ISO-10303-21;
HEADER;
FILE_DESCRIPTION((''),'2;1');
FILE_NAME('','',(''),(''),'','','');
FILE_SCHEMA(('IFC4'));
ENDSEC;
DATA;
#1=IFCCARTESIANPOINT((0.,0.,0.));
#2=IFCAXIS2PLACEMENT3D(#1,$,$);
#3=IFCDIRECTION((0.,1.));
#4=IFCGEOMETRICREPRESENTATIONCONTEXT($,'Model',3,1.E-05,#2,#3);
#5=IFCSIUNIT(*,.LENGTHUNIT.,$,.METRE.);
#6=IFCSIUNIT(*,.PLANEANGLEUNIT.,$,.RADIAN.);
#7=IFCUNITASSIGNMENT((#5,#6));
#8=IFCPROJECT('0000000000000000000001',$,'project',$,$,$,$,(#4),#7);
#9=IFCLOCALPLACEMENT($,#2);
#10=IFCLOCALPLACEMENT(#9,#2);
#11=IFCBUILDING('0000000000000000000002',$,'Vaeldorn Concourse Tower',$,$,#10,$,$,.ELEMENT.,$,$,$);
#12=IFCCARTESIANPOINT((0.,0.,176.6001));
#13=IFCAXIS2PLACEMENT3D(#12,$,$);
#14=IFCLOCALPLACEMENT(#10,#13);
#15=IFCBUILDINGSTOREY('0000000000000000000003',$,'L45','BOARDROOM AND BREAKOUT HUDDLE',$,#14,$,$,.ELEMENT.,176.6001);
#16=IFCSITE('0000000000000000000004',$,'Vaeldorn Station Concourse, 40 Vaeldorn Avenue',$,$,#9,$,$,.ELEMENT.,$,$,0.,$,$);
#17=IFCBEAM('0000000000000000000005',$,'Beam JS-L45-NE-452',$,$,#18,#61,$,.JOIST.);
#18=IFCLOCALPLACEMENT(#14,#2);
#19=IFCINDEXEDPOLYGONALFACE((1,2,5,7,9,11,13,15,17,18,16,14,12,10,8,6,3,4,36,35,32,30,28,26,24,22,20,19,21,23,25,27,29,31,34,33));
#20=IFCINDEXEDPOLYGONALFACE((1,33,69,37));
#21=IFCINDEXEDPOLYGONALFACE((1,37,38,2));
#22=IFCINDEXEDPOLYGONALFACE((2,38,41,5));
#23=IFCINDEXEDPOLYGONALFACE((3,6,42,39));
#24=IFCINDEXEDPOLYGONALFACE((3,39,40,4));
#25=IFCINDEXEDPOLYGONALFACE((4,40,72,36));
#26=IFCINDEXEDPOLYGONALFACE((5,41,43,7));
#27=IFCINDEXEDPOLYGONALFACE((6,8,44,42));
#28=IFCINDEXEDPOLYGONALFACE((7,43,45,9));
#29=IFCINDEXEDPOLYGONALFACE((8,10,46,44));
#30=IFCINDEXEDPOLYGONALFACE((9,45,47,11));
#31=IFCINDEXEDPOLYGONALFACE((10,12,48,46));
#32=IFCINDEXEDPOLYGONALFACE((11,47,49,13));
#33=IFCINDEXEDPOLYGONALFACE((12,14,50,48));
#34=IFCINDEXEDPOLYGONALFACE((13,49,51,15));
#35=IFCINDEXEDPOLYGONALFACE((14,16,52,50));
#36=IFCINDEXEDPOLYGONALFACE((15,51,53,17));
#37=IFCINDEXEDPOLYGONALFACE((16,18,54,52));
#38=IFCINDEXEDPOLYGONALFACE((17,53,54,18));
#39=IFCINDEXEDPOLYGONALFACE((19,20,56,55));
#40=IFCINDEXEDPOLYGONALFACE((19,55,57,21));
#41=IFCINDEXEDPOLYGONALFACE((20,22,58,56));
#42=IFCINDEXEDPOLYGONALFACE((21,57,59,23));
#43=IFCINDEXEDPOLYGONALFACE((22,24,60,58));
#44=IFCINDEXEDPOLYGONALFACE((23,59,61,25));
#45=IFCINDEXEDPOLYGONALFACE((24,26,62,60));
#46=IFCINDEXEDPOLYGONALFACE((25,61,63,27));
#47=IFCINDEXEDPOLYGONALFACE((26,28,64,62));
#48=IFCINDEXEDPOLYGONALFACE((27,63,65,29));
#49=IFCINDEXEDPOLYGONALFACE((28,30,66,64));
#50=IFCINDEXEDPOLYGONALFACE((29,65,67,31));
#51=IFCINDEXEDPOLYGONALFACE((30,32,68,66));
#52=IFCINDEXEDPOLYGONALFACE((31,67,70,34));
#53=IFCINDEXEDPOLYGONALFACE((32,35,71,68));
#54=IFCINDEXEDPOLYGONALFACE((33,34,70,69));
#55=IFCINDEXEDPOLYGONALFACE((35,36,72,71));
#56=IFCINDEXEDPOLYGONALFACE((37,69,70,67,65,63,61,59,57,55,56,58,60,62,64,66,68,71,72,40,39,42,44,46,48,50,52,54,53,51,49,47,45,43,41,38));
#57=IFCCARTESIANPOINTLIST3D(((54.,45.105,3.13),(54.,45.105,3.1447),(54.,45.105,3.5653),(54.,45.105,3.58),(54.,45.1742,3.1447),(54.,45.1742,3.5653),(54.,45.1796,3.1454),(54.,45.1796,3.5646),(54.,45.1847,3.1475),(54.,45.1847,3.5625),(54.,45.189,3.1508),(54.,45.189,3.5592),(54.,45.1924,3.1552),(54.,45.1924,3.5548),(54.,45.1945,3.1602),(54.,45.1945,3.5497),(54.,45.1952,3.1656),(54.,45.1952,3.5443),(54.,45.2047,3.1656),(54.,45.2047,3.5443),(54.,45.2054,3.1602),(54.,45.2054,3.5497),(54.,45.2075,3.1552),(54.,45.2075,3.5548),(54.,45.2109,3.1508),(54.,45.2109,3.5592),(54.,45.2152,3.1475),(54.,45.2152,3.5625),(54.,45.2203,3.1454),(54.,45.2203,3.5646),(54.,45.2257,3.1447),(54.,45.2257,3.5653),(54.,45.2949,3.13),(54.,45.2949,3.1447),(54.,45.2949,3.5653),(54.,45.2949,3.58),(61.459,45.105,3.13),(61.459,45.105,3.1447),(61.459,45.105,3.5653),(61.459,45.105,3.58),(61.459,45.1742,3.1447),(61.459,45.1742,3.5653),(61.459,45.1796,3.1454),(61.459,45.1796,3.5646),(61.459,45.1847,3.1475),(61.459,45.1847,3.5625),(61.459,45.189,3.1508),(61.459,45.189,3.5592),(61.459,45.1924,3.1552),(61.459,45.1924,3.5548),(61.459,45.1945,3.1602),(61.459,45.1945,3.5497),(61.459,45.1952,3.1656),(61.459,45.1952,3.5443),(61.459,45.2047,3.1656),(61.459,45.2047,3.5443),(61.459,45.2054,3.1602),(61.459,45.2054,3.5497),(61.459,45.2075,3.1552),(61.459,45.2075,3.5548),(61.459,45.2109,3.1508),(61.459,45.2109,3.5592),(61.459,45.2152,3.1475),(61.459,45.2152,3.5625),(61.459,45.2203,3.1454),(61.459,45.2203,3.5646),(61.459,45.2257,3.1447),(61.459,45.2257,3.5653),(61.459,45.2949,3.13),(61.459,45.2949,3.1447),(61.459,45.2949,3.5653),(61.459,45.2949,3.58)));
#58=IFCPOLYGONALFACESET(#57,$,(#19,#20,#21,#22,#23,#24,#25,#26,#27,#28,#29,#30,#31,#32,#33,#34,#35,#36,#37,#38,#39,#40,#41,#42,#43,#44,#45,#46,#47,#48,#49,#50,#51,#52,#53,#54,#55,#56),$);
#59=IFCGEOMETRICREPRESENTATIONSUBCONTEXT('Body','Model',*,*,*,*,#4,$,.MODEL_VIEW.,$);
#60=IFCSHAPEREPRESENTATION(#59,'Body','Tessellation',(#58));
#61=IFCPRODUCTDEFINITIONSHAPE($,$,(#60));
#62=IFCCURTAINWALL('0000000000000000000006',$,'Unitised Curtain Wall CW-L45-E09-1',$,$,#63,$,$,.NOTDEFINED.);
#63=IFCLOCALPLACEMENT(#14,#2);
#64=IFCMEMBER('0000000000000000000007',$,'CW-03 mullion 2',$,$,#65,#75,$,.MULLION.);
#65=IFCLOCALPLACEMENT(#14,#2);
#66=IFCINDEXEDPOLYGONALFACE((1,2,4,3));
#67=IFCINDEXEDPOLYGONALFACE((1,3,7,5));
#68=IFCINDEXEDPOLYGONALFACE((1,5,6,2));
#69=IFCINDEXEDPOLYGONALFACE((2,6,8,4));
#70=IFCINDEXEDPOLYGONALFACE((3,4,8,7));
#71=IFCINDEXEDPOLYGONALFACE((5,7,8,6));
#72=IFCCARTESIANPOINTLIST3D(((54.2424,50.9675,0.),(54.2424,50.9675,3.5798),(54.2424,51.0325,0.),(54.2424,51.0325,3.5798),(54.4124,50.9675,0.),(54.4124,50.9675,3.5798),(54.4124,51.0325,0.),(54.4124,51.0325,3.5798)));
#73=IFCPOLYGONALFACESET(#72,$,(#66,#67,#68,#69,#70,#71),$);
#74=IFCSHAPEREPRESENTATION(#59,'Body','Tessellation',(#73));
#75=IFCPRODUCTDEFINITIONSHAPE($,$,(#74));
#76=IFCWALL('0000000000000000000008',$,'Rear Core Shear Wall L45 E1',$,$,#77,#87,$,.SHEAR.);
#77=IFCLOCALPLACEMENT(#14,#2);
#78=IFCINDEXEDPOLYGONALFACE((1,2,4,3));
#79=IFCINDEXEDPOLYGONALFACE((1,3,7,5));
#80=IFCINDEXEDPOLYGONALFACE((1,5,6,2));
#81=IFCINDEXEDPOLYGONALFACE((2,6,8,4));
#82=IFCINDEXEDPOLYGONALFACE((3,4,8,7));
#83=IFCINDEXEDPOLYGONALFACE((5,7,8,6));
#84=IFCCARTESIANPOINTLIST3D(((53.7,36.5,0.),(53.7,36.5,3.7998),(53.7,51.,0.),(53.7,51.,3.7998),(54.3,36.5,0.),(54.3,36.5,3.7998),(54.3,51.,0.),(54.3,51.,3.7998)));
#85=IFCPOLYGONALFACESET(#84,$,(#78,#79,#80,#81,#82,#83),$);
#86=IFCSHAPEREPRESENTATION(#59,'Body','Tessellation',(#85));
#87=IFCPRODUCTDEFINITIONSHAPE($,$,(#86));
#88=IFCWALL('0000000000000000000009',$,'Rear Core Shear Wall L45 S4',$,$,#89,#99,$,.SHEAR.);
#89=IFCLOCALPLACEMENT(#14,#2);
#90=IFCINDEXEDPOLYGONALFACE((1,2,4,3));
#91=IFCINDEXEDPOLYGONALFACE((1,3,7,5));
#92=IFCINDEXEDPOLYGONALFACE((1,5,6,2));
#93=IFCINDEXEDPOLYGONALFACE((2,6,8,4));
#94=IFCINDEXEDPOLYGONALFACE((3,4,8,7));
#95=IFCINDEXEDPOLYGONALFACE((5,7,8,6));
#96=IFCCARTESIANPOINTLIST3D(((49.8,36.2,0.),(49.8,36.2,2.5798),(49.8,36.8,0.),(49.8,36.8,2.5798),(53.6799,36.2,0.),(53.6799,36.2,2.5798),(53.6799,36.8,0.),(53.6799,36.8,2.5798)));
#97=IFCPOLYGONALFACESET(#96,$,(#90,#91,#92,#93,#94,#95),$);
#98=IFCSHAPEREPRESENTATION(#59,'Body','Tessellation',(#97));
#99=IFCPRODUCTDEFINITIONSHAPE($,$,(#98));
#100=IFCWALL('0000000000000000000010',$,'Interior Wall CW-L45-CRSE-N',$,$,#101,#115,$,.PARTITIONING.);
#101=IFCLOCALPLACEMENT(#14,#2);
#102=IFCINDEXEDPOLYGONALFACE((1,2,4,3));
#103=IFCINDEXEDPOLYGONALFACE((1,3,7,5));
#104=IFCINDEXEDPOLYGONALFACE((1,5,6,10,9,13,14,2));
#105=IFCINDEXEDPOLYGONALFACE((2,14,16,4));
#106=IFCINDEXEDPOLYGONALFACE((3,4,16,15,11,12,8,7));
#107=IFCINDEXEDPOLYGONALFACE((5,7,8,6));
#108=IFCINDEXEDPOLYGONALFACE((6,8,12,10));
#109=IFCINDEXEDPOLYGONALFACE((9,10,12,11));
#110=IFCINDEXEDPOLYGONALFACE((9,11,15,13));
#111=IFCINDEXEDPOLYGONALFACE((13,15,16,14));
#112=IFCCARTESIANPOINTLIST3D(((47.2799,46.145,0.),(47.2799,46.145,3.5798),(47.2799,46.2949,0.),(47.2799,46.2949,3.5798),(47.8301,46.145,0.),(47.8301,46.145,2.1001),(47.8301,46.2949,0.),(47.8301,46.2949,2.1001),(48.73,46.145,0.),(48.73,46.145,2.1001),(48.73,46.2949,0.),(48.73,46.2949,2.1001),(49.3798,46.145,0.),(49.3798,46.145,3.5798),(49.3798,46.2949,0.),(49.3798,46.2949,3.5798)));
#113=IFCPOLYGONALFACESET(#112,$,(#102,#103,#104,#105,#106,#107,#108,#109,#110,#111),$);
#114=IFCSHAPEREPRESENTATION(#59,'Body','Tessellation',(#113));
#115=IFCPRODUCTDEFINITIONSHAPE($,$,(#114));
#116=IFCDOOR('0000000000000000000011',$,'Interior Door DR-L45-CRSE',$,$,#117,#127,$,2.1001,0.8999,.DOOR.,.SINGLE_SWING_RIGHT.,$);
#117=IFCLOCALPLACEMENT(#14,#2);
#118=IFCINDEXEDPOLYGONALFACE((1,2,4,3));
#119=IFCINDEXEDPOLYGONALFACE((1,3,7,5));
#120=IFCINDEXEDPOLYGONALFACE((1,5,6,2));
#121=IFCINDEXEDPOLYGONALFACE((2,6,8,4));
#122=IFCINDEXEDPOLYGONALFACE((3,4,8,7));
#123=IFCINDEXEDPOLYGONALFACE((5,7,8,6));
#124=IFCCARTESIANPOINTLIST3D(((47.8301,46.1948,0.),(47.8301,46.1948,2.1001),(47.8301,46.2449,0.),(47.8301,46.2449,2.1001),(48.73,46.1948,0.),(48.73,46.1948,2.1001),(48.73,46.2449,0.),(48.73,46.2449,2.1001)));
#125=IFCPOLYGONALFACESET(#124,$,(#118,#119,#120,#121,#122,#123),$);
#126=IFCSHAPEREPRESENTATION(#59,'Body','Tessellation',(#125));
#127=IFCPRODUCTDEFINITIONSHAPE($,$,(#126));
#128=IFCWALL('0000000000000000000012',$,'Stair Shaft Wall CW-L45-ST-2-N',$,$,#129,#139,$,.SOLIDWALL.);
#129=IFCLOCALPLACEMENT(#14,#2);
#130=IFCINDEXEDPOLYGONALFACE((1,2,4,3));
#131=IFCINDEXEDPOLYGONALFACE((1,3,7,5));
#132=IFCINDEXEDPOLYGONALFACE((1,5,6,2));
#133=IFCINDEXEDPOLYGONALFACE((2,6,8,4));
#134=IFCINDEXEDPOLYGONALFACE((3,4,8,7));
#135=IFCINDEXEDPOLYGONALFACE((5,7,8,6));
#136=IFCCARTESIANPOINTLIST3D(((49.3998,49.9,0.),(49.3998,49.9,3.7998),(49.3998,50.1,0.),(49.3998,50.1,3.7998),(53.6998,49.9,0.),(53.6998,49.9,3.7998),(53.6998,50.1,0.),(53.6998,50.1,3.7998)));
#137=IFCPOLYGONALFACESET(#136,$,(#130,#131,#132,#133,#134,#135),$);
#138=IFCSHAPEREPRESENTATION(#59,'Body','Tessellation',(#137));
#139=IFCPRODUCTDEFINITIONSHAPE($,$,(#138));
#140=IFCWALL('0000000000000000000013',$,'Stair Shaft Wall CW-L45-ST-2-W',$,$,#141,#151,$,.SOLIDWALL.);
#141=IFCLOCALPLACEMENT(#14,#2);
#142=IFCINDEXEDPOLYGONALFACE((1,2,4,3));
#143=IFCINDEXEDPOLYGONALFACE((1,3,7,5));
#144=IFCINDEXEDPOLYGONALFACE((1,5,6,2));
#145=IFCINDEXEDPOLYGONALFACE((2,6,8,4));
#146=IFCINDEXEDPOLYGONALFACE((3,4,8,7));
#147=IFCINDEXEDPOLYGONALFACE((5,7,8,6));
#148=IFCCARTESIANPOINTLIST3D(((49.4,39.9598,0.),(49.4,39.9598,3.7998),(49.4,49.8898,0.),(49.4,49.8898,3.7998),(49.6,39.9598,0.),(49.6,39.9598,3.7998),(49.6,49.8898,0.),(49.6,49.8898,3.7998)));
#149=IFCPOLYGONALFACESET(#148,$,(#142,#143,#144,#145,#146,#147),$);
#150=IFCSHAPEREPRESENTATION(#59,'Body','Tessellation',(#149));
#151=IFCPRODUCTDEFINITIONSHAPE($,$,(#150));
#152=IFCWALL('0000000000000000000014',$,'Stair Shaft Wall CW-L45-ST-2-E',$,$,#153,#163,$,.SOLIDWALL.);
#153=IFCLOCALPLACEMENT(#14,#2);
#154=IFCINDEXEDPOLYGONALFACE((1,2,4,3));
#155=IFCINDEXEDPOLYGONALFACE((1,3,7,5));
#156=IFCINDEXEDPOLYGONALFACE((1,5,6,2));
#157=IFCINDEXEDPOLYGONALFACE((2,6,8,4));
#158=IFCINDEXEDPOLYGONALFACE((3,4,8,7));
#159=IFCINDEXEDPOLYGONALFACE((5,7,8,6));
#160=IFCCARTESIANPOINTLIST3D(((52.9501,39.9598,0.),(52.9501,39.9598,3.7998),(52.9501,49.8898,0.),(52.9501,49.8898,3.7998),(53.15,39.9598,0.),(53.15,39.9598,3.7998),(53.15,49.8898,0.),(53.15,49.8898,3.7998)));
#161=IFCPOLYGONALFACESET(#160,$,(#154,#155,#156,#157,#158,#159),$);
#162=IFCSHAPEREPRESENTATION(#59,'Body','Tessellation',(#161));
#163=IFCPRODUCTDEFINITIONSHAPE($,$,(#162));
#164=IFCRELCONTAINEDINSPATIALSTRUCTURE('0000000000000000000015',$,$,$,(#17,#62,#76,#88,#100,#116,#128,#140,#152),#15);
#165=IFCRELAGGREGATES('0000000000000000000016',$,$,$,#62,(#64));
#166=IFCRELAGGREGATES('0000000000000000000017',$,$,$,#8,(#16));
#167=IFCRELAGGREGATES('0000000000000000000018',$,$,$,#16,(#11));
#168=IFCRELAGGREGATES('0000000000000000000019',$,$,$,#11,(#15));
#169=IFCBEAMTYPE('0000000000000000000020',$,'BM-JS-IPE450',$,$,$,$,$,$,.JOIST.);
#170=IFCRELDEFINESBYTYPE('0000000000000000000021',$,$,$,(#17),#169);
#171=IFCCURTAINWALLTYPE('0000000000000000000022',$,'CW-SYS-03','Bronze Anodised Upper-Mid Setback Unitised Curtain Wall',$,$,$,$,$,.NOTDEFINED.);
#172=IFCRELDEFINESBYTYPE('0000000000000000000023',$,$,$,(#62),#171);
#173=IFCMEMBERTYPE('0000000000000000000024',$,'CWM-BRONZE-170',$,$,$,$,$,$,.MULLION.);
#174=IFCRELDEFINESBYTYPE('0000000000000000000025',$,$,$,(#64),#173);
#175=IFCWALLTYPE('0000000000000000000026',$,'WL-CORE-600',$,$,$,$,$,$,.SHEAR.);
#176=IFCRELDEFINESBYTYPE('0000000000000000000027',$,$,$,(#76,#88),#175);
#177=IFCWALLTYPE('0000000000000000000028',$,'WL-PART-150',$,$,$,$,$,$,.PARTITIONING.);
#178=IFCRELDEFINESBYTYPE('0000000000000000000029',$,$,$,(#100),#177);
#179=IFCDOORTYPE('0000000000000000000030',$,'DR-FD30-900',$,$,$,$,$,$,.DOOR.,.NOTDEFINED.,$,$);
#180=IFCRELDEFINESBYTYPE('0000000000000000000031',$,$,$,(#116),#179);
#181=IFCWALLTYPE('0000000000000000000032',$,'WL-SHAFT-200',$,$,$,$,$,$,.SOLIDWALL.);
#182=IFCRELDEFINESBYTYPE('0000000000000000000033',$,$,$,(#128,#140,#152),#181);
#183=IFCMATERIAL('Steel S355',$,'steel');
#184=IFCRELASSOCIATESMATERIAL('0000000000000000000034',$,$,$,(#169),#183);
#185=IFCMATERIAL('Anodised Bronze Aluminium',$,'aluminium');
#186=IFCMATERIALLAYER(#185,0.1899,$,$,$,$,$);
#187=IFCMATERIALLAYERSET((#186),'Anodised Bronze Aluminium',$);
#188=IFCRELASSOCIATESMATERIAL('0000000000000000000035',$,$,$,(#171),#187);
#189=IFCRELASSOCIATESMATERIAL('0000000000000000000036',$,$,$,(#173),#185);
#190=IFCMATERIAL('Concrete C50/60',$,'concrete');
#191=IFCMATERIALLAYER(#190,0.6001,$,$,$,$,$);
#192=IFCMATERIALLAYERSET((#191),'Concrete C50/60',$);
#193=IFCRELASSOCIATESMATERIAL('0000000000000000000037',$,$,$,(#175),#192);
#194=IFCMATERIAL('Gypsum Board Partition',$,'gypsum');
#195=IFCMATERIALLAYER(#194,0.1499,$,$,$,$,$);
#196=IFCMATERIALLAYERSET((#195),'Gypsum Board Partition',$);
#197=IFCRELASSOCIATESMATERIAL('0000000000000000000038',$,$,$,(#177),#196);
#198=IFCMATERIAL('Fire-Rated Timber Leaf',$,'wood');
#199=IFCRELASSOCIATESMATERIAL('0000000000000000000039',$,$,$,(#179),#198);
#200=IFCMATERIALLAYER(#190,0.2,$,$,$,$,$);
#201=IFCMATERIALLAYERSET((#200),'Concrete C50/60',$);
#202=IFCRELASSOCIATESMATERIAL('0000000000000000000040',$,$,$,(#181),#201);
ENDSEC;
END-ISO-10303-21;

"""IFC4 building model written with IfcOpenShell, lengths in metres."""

from ifc_helpers import new_model, si_unit, direction, frame, frame_2d, origin, origin_2d, place, context, subcontext, project, spatial, rectangle, i_section, extrude, source, transform, mapped, material, layer, layer_set, material_profile, profile_set, type_object, element, fill, aggregate, save


model = new_model("IFC4")

# Units and contexts
model_context = context("Model", 3, precision=1e-05, world=origin(), true_north=direction((0.0, 1.0)))
body_context = subcontext(model_context, "Body", "Model", "MODEL_VIEW")
ifc_project = project(units=[si_unit("LENGTHUNIT", "METRE"), si_unit("PLANEANGLEUNIT", "RADIAN")], contexts=[model_context])

# Site, building, storey
site_placement = place(None, origin())
site = spatial("IfcSite", under=ifc_project, at=site_placement, Name="Vaeldorn Station Concourse, 40 Vaeldorn Avenue", CompositionType="ELEMENT", RefElevation=0.0)
building_placement = place(site_placement, origin())
building = spatial("IfcBuilding", under=site, at=building_placement, Name="Vaeldorn Concourse Tower", CompositionType="ELEMENT")
storey_placement = place(building_placement, frame((0.0, 0.0, 176.6001)))
storey = spatial("IfcBuildingStorey", under=building, at=storey_placement, Name="L45", Description="BOARDROOM AND BREAKOUT HUDDLE", CompositionType="ELEMENT", Elevation=176.6001)

# Shared definitions
ifc_material_1 = material(Name="Concrete C50/60", Category="concrete")

# Beam
ifc_material_2 = material(Name="Steel S355", Category="steel")
ifc_material_profile_1 = material_profile(ifc_material_2, i_section(OverallWidth=0.1899, OverallDepth=0.45, WebThickness=0.0095, FlangeThickness=0.0146, FilletRadius=0.021, at=origin_2d()), Name="IPE 450")
ifc_profile_set_1 = profile_set([ifc_material_profile_1], Name="Steel S355")
beam_type_1 = type_object("IfcBeamType", Name="BM-JS-IPE450", PredefinedType="JOIST", material=ifc_profile_set_1)
shared_shape_1 = source(origin(), body_context, "Body", "SweptSolid", [
    extrude(i_section(OverallWidth=0.1899, OverallDepth=0.45, WebThickness=0.0095, FlangeThickness=0.0146, FilletRadius=0.021, at=origin_2d()), origin(), (0.0, 0.0, 1.0), 7.459),
])
beam_1_placement = place(storey_placement, frame((54.0, 45.2, 3.355), z_axis=(1.0, 0.0, 0.0), x_axis=(0.0, 1.0, 0.0)))
element("IfcBeam", 1, at=beam_1_placement, inside=storey, type_object=beam_type_1, Name="Beam JS-L45-NE-452", PredefinedType="JOIST", context=body_context, shape_type="MappedRepresentation", body=[
    mapped(shared_shape_1, transform((0.0, 0.0, 0.0), scale=1.0)),
])

# Curtain wall, member
ifc_material_3 = material(Name="Anodised Bronze Aluminium", Category="aluminium")
ifc_layer_1 = layer(ifc_material_3, 0.1899)
ifc_layer_set_1 = layer_set([ifc_layer_1], Name="Anodised Bronze Aluminium")
curtain_wall_type = type_object("IfcCurtainWallType", Name="CW-SYS-03", Description="Bronze Anodised Upper-Mid Setback Unitised Curtain Wall", PredefinedType="NOTDEFINED", material=ifc_layer_set_1)
curtain_wall_placement = place(storey_placement, origin())
curtain_wall = element("IfcCurtainWall", 2, at=curtain_wall_placement, inside=storey, type_object=curtain_wall_type, Name="Unitised Curtain Wall CW-L45-E09-1", PredefinedType="NOTDEFINED")
ifc_material_profile_2 = material_profile(ifc_material_3, rectangle(XDim=0.0649, YDim=0.1699, at=origin_2d()), Name="CWM 65x170")
ifc_profile_set_2 = profile_set([ifc_material_profile_2], Name="Anodised Bronze Aluminium")
member_type = type_object("IfcMemberType", Name="CWM-BRONZE-170", PredefinedType="MULLION", material=ifc_profile_set_2)
shared_shape_2 = source(origin(), body_context, "Body", "SweptSolid", [
    extrude(rectangle(XDim=0.0649, YDim=0.1699, at=origin_2d()), origin(), (0.0, 0.0, 1.0), 3.5798),
])
member_placement = place(storey_placement, frame((54.3274, 51.0, 0.0), z_axis=(0.0, 0.0, 1.0), x_axis=(0.0, -1.0, 0.0)))
member = element("IfcMember", 3, at=member_placement, type_object=member_type, Name="CW-03 mullion 2", PredefinedType="MULLION", context=body_context, shape_type="MappedRepresentation", body=[
    mapped(shared_shape_2, transform((0.0, 0.0, 0.0), scale=1.0)),
])
aggregate(curtain_wall, [member])

# Walls
ifc_layer_2 = layer(ifc_material_1, 0.6001)
ifc_layer_set_2 = layer_set([ifc_layer_2], Name="Concrete C50/60")
wall_type_1 = type_object("IfcWallType", Name="WL-CORE-600", PredefinedType="SHEAR", material=ifc_layer_set_2)
wall_1_placement = place(storey_placement, frame((54.0, 36.5, 0.0), z_axis=(0.0, 0.0, 1.0), x_axis=(0.0, 1.0, 0.0)))
element("IfcWall", 4, at=wall_1_placement, inside=storey, type_object=wall_type_1, Name="Rear Core Shear Wall L45 E1", PredefinedType="SHEAR", context=body_context, shape_type="SweptSolid", body=[
    extrude(rectangle(XDim=14.5, YDim=0.6001, at=frame_2d((7.25, 0.0))), origin(), (0.0, 0.0, 1.0), 3.7998),
])
wall_2_placement = place(storey_placement, frame((49.8, 36.5, 0.0), z_axis=(0.0, 0.0, 1.0), x_axis=(1.0, 0.0, 0.0)))
element("IfcWall", 5, at=wall_2_placement, inside=storey, type_object=wall_type_1, Name="Rear Core Shear Wall L45 S4", PredefinedType="SHEAR", context=body_context, shape_type="SweptSolid", body=[
    extrude(rectangle(XDim=3.8799, YDim=0.6001, at=frame_2d((1.9399, 0.0))), origin(), (0.0, 0.0, 1.0), 2.5798),
])

# Wall, opening, door
ifc_material_4 = material(Name="Gypsum Board Partition", Category="gypsum")
ifc_layer_3 = layer(ifc_material_4, 0.1499)
ifc_layer_set_3 = layer_set([ifc_layer_3], Name="Gypsum Board Partition")
wall_type_2 = type_object("IfcWallType", Name="WL-PART-150", PredefinedType="PARTITIONING", material=ifc_layer_set_3)
wall_3_placement = place(storey_placement, frame((47.28, 46.22, 0.0), z_axis=(0.0, 0.0, 1.0), x_axis=(1.0, 0.0, 0.0)))
wall_3 = element("IfcWall", 6, at=wall_3_placement, inside=storey, type_object=wall_type_2, Name="Interior Wall CW-L45-CRSE-N", PredefinedType="PARTITIONING", context=body_context, shape_type="SweptSolid", body=[
    extrude(rectangle(XDim=2.0999, YDim=0.1499, at=frame_2d((1.0498, 0.0))), origin(), (0.0, 0.0, 1.0), 3.5798),
])
opening_1_placement = place(wall_3_placement, frame((0.55, 0.0, 0.0)))
opening_1 = element("IfcOpeningElement", 7, at=opening_1_placement, cuts=wall_3, PredefinedType="OPENING", context=body_context, shape_type="SweptSolid", body=[
    extrude(rectangle(XDim=0.8999, YDim=2.1001, at=frame_2d((0.45, 1.05))), frame((0.0, 0.085, 0.0), z_axis=(0.0, -1.0, 0.0), x_axis=(1.0, 0.0, 0.0)), (0.0, 0.0, 1.0), 0.1699),
])
ifc_material_5 = material(Name="Fire-Rated Timber Leaf", Category="wood")
door_type_1 = type_object("IfcDoorType", Name="DR-FD30-900", OperationType="NOTDEFINED", PredefinedType="DOOR", material=ifc_material_5)
shared_shape_3 = source(origin(), body_context, "Body", "SweptSolid", [
    extrude(rectangle(XDim=0.8999, YDim=2.1001, at=frame_2d((0.45, 1.05))), frame((0.0, 0.0249, 0.0), z_axis=(0.0, -1.0, 0.0), x_axis=(1.0, 0.0, 0.0)), (0.0, 0.0, 1.0), 0.05),
])
door_1_placement = place(opening_1_placement, origin())
door_1 = element("IfcDoor", 8, at=door_1_placement, inside=storey, type_object=door_type_1, Name="Interior Door DR-L45-CRSE", OperationType="SINGLE_SWING_RIGHT", OverallHeight=2.1001, OverallWidth=0.8999, PredefinedType="DOOR", context=body_context, shape_type="MappedRepresentation", body=[
    mapped(shared_shape_3, transform((0.0, 0.0, 0.0), scale=1.0)),
])
fill(opening_1, door_1)
ifc_layer_4 = layer(ifc_material_1, 0.2)
ifc_layer_set_4 = layer_set([ifc_layer_4], Name="Concrete C50/60")
wall_type_3 = type_object("IfcWallType", Name="WL-SHAFT-200", PredefinedType="SOLIDWALL", material=ifc_layer_set_4)

# Walls
wall_4_placement = place(storey_placement, frame((49.3999, 50.0, 0.0), z_axis=(0.0, 0.0, 1.0), x_axis=(1.0, 0.0, 0.0)))
element("IfcWall", 9, at=wall_4_placement, inside=storey, type_object=wall_type_3, Name="Stair Shaft Wall CW-L45-ST-2-N", PredefinedType="SOLIDWALL", context=body_context, shape_type="SweptSolid", body=[
    extrude(rectangle(XDim=4.3, YDim=0.2, at=frame_2d((2.1499, 0.0))), origin(), (0.0, 0.0, 1.0), 3.7998),
])
for number, where, z_axis, x_axis, name in (
    (10, (49.5, 39.96, 0.0), (0.0, 0.0, 1.0), (0.0, 1.0, 0.0), "Stair Shaft Wall CW-L45-ST-2-W"),
    (11, (53.05, 39.96, 0.0), (0.0, 0.0, 1.0), (0.0, 1.0, 0.0), "Stair Shaft Wall CW-L45-ST-2-E"),
):
    element("IfcWall", number, at=place(storey_placement, frame(where, z_axis=z_axis, x_axis=x_axis)), inside=storey, type_object=wall_type_3, Name=name, PredefinedType="SOLIDWALL", context=body_context, shape_type="SweptSolid", body=[
        extrude(rectangle(XDim=9.9299, YDim=0.2, at=frame_2d((4.9648, 0.0))), origin(), (0.0, 0.0, 1.0), 3.7998),
    ])

save(model, "model.ifc")
